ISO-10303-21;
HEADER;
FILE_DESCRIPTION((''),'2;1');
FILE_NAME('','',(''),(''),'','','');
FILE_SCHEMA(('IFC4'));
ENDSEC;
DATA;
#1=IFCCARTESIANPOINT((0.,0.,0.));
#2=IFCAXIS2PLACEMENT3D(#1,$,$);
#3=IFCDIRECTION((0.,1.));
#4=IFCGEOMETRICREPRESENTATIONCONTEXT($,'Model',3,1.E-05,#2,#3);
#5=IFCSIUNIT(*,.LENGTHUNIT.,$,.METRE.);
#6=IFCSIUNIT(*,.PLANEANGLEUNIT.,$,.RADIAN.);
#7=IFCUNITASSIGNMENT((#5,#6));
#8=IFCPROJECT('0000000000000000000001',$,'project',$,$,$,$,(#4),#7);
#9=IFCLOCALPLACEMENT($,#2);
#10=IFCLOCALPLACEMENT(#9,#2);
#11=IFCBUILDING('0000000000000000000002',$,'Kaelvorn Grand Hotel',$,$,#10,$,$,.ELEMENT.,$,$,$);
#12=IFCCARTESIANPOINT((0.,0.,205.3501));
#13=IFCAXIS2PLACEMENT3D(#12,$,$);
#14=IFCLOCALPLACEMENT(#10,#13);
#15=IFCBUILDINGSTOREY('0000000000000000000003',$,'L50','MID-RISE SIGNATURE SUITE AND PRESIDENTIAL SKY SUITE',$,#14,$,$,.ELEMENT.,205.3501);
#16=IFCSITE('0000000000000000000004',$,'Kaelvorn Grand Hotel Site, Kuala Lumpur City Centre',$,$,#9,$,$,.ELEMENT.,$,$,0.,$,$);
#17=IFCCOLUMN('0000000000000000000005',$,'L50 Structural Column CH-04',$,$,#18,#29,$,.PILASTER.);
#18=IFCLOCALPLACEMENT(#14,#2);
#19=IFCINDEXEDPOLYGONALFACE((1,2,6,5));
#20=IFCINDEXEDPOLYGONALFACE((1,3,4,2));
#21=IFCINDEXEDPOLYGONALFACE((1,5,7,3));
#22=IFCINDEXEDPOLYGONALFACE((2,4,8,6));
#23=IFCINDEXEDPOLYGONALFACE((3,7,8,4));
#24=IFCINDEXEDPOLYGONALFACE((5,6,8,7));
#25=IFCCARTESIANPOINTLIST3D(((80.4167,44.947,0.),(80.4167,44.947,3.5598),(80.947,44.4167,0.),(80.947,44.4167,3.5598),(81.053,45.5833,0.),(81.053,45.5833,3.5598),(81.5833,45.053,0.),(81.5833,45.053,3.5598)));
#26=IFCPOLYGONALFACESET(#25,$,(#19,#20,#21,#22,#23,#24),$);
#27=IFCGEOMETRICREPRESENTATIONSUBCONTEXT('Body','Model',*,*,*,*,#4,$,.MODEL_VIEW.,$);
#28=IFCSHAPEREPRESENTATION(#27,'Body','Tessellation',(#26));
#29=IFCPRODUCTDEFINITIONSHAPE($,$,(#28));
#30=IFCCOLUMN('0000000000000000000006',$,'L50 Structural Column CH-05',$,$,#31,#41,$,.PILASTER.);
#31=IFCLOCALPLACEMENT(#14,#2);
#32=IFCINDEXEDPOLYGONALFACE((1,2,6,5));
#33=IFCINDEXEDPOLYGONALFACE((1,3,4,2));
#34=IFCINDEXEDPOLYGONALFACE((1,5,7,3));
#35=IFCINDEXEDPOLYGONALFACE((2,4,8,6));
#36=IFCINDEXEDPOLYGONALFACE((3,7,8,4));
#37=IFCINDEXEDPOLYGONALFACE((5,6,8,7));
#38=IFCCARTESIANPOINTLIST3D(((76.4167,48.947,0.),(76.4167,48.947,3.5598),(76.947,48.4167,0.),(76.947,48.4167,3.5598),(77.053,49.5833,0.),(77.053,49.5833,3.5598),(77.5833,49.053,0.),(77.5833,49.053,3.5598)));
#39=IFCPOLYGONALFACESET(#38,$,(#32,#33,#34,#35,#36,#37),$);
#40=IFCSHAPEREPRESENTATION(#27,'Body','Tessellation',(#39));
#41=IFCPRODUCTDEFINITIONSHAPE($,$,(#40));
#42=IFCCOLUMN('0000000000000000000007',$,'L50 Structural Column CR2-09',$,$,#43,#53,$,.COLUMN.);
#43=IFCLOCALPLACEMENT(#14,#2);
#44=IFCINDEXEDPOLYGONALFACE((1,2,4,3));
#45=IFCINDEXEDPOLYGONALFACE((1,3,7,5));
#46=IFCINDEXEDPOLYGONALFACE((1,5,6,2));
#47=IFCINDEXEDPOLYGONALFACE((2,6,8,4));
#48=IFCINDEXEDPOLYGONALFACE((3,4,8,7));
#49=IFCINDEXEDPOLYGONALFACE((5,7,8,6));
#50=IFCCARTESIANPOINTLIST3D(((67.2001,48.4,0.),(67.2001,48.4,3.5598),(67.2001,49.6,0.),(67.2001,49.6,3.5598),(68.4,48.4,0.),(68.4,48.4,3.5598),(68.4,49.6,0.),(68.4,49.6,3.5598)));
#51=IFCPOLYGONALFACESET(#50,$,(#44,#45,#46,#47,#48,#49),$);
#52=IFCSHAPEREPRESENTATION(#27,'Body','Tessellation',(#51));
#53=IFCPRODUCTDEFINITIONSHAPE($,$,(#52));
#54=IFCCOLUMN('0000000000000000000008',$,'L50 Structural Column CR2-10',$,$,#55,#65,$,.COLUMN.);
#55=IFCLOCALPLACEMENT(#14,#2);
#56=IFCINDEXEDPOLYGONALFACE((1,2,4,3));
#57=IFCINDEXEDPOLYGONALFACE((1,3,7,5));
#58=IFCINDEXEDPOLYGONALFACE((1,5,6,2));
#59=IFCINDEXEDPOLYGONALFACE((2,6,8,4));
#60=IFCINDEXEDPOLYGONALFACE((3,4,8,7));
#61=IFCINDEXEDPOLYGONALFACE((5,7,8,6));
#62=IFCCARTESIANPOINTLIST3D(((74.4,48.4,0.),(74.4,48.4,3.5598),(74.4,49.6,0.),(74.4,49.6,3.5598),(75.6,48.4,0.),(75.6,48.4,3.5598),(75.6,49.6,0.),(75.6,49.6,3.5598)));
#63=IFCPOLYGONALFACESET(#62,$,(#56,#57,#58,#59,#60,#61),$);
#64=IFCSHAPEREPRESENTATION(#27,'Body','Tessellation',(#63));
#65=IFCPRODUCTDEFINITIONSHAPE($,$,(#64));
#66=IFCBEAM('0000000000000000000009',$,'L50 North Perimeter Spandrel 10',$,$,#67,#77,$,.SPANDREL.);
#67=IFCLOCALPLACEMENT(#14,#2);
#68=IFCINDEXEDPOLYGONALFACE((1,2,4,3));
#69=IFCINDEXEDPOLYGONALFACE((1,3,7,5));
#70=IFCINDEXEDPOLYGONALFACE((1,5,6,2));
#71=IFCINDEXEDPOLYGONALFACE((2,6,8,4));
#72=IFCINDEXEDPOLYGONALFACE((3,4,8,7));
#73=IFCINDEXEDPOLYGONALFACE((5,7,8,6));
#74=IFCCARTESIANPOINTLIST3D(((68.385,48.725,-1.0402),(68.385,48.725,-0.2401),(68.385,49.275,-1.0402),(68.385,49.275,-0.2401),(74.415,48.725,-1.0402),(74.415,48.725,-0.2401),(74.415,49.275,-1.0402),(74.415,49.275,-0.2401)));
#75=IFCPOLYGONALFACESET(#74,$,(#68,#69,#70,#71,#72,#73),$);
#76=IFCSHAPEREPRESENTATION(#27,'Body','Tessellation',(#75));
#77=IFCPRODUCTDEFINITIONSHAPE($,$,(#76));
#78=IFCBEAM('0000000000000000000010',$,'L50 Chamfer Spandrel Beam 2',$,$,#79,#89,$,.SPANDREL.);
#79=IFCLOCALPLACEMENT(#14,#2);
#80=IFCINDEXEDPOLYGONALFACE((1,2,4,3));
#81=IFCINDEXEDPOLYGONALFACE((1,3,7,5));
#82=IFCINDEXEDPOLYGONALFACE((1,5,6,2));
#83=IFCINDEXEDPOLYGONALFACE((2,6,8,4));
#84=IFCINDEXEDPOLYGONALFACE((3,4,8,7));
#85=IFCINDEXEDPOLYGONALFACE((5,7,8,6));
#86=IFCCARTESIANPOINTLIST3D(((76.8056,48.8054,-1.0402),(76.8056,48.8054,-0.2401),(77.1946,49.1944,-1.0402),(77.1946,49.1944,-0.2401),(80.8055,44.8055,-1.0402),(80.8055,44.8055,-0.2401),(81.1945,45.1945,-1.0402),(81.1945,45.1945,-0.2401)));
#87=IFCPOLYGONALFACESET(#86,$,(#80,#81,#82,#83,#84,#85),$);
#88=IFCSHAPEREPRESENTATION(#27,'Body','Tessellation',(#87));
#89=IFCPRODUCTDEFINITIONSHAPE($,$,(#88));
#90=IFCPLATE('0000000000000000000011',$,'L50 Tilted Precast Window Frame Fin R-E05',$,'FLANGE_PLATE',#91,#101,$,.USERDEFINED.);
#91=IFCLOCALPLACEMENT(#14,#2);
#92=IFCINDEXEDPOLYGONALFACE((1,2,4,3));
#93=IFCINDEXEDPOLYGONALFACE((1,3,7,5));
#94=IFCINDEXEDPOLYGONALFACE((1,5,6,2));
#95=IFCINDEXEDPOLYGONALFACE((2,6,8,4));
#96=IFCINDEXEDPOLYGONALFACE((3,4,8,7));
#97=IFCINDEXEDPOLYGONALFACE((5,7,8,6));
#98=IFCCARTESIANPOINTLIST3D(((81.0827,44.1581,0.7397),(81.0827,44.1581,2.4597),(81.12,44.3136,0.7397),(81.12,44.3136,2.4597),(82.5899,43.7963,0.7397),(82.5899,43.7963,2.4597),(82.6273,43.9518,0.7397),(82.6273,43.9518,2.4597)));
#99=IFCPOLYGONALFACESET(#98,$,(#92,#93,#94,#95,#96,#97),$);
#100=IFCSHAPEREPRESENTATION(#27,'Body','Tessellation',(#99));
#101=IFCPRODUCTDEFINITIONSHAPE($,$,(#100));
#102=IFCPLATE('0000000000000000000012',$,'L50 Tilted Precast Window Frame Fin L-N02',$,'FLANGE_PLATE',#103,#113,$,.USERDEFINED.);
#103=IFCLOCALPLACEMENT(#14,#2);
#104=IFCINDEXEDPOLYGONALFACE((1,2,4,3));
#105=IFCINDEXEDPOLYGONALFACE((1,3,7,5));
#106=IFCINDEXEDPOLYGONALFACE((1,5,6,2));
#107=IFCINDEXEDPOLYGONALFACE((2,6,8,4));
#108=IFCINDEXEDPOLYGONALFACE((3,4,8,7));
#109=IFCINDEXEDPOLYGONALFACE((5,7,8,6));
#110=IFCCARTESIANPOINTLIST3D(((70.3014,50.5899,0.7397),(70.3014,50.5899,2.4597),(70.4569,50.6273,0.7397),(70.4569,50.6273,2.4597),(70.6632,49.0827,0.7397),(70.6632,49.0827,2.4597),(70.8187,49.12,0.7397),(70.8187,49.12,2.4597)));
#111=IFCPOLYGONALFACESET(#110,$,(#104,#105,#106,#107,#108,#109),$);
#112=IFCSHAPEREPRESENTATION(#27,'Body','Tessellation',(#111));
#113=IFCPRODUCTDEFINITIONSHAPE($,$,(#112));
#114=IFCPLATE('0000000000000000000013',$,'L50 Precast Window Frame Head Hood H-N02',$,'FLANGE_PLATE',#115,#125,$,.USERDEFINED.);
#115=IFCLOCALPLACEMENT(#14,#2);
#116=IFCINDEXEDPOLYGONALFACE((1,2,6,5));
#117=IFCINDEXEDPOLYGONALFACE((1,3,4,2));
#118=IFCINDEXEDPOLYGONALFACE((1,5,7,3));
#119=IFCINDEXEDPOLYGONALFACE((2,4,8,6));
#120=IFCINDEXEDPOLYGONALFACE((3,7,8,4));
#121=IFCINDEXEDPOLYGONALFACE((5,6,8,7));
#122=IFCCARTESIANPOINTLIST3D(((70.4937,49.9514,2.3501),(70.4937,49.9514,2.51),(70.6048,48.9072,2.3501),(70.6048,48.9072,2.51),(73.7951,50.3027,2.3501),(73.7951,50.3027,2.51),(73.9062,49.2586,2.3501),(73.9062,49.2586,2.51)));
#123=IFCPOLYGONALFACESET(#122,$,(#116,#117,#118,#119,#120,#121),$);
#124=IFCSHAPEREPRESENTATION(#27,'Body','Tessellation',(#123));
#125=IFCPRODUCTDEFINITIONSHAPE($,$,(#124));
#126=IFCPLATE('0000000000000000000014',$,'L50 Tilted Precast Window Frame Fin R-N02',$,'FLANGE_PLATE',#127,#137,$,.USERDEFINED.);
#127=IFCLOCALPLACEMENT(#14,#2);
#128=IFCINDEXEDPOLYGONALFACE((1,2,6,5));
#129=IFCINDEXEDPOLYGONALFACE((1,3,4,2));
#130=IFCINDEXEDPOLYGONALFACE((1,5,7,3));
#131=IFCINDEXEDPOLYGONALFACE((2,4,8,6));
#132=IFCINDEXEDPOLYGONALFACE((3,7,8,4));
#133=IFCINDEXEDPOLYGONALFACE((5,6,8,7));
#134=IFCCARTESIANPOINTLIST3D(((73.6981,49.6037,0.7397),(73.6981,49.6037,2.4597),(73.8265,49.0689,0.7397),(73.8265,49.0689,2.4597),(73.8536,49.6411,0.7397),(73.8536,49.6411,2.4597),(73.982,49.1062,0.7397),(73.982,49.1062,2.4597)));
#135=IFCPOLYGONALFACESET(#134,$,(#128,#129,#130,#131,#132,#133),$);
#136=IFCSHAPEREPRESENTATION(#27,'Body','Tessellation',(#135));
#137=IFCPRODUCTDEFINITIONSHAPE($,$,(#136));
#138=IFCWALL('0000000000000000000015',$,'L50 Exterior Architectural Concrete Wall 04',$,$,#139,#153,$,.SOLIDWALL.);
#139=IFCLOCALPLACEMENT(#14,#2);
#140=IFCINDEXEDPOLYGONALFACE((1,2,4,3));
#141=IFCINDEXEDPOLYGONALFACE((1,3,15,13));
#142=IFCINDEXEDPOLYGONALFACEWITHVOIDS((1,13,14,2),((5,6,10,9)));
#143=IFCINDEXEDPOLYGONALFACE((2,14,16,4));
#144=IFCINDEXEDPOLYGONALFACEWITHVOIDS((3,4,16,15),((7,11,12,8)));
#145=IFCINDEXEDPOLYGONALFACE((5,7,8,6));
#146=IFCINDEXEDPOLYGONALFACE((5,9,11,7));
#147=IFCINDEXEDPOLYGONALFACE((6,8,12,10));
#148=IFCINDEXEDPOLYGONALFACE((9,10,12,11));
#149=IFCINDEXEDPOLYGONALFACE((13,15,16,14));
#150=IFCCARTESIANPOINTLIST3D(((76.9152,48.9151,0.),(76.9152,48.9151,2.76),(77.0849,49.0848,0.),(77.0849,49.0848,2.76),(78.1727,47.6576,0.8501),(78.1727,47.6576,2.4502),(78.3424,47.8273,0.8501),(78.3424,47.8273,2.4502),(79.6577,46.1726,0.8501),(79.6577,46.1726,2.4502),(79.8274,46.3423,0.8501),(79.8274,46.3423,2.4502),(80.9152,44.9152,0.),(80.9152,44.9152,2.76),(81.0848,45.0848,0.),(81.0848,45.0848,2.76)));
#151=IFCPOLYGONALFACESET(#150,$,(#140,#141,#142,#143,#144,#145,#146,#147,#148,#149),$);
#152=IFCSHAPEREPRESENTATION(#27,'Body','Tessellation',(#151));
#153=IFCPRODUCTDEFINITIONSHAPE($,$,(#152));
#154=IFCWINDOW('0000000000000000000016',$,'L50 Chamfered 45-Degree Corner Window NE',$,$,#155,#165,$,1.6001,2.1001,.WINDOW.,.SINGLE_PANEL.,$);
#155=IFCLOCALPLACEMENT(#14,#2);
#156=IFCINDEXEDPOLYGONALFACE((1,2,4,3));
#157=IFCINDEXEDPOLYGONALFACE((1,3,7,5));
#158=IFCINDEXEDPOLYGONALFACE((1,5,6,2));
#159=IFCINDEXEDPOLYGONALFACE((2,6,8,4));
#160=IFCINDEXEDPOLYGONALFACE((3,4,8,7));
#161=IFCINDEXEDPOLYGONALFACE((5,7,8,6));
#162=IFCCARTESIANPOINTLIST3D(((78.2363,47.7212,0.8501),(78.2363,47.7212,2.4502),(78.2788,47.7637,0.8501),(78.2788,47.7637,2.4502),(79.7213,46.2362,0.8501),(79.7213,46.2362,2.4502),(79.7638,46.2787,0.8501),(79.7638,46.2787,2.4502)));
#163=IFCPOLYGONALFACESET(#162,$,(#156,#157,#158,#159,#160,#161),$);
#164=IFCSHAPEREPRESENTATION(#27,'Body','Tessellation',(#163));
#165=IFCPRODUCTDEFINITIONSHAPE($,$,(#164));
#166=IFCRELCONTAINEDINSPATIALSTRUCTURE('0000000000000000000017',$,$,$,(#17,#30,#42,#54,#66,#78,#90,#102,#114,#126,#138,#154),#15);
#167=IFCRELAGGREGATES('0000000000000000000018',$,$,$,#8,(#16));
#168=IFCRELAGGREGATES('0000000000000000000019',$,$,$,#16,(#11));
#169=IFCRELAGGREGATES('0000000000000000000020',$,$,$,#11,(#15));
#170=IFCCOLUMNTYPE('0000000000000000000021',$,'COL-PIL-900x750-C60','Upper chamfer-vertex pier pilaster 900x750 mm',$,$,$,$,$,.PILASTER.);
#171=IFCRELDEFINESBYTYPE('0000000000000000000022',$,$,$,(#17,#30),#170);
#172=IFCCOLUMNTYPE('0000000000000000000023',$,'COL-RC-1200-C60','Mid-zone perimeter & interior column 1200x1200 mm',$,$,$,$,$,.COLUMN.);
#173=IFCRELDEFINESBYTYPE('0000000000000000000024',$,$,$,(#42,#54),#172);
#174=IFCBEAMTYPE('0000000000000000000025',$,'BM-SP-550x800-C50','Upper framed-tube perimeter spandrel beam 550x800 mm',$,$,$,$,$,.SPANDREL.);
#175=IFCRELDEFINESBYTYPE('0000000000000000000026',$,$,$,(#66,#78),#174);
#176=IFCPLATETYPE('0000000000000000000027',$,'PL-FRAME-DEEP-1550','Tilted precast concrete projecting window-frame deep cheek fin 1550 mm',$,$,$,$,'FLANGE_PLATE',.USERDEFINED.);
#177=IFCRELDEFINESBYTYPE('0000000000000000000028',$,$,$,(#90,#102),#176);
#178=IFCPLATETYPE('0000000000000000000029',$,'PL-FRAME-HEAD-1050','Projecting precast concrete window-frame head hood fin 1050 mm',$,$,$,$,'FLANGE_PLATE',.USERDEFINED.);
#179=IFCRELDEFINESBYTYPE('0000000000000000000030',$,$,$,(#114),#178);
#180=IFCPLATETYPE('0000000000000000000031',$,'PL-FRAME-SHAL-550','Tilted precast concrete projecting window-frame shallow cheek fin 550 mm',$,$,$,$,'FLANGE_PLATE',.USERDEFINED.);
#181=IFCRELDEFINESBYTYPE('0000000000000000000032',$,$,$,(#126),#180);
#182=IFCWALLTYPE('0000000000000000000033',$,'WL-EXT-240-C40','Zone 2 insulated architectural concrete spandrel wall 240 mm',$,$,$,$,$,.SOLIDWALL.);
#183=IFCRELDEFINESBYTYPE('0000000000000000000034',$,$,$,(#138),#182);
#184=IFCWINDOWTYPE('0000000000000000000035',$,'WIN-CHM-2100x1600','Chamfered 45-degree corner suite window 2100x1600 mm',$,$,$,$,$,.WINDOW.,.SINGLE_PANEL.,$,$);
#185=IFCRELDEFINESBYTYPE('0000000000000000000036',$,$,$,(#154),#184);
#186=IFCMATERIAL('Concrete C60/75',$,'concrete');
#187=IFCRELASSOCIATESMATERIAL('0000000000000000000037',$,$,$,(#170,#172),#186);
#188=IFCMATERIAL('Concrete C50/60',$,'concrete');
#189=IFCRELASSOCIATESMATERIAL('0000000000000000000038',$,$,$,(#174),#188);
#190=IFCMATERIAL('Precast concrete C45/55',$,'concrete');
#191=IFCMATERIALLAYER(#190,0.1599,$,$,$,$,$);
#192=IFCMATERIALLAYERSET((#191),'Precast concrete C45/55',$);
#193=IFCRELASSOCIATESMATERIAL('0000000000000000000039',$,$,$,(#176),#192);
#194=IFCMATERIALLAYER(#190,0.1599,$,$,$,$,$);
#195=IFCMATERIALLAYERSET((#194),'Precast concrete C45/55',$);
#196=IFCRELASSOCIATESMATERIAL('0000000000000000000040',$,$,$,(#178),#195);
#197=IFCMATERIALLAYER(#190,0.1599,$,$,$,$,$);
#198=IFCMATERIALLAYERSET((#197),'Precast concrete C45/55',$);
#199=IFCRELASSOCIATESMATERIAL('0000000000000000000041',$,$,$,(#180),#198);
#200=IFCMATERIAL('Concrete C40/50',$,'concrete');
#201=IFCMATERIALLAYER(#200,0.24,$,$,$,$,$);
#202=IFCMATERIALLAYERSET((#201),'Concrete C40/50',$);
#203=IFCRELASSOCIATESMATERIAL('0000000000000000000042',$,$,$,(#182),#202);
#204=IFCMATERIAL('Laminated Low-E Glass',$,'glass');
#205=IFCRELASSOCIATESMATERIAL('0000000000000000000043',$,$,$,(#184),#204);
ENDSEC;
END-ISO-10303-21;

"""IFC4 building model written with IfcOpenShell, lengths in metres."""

from ifc_helpers import new_model, si_unit, direction, frame, frame_2d, origin, origin_2d, place, context, subcontext, project, spatial, rectangle, extrude, material, layer, layer_set, material_profile, profile_set, type_object, element, fill, save


model = new_model("IFC4")

# Units and contexts
model_context = context("Model", 3, precision=1e-05, world=origin(), true_north=direction((0.0, 1.0)))
body_context = subcontext(model_context, "Body", "Model", "MODEL_VIEW")
ifc_project = project(units=[si_unit("LENGTHUNIT", "METRE"), si_unit("PLANEANGLEUNIT", "RADIAN")], contexts=[model_context])

# Site, building, storey
site_placement = place(None, origin())
site = spatial("IfcSite", under=ifc_project, at=site_placement, Name="Kaelvorn Grand Hotel Site, Kuala Lumpur City Centre", CompositionType="ELEMENT", RefElevation=0.0)
building_placement = place(site_placement, origin())
building = spatial("IfcBuilding", under=site, at=building_placement, Name="Kaelvorn Grand Hotel", CompositionType="ELEMENT")
storey_placement = place(building_placement, frame((0.0, 0.0, 205.3501)))
storey = spatial("IfcBuildingStorey", under=building, at=storey_placement, Name="L50", Description="MID-RISE SIGNATURE SUITE AND PRESIDENTIAL SKY SUITE", CompositionType="ELEMENT", Elevation=205.3501)

# Columns
ifc_material_1 = material(Name="Concrete C60/75", Category="concrete")
ifc_material_profile_1 = material_profile(ifc_material_1, rectangle(XDim=0.8999, YDim=0.75, at=origin_2d()), Name="RC PILASTER 900x750")
ifc_profile_set_1 = profile_set([ifc_material_profile_1], Name="Concrete C60/75")
column_type_1 = type_object("IfcColumnType", Name="COL-PIL-900x750-C60", Description="Upper chamfer-vertex pier pilaster 900x750 mm", PredefinedType="PILASTER", material=ifc_profile_set_1)
for number, where, z_axis, x_axis, name in (
    (1, (81.0, 45.0, 0.0), (0.0, 0.0, 1.0), (0.707107, 0.707107, 0.0), "L50 Structural Column CH-04"),
    (2, (77.0, 49.0, 0.0), (0.0, 0.0, 1.0), (0.707107, 0.707107, 0.0), "L50 Structural Column CH-05"),
):
    element("IfcColumn", number, at=place(storey_placement, frame(where, z_axis=z_axis, x_axis=x_axis)), inside=storey, type_object=column_type_1, Name=name, PredefinedType="PILASTER", context=body_context, shape_type="SweptSolid", body=[
        extrude(rectangle(XDim=0.8999, YDim=0.75, at=origin_2d()), origin(), (0.0, 0.0, 1.0), 3.5598),
    ])
ifc_material_profile_2 = material_profile(ifc_material_1, rectangle(XDim=1.2, YDim=1.2, at=origin_2d()), Name="RC COL 1200x1200")
ifc_profile_set_2 = profile_set([ifc_material_profile_2], Name="Concrete C60/75")
column_type_2 = type_object("IfcColumnType", Name="COL-RC-1200-C60", Description="Mid-zone perimeter & interior column 1200x1200 mm", PredefinedType="COLUMN", material=ifc_profile_set_2)
for number, where, z_axis, x_axis, name in (
    (3, (67.8, 49.0, 0.0), (0.0, 0.0, 1.0), (1.0, 0.0, 0.0), "L50 Structural Column CR2-09"),
    (4, (75.0, 49.0, 0.0), (0.0, 0.0, 1.0), (1.0, 0.0, 0.0), "L50 Structural Column CR2-10"),
):
    element("IfcColumn", number, at=place(storey_placement, frame(where, z_axis=z_axis, x_axis=x_axis)), inside=storey, type_object=column_type_2, Name=name, PredefinedType="COLUMN", context=body_context, shape_type="SweptSolid", body=[
        extrude(rectangle(XDim=1.2, YDim=1.2, at=origin_2d()), origin(), (0.0, 0.0, 1.0), 3.5598),
    ])

# Beams
ifc_material_2 = material(Name="Concrete C50/60", Category="concrete")
ifc_material_profile_3 = material_profile(ifc_material_2, rectangle(XDim=0.55, YDim=0.8, at=origin_2d()), Name="RC SPANDREL 550x800")
ifc_profile_set_3 = profile_set([ifc_material_profile_3], Name="Concrete C50/60")
beam_type = type_object("IfcBeamType", Name="BM-SP-550x800-C50", Description="Upper framed-tube perimeter spandrel beam 550x800 mm", PredefinedType="SPANDREL", material=ifc_profile_set_3)
beam_1_placement = place(storey_placement, frame((68.385, 49.0, -0.6401), z_axis=(1.0, 0.0, 0.0), x_axis=(0.0, 1.0, 0.0)))
element("IfcBeam", 5, at=beam_1_placement, inside=storey, type_object=beam_type, Name="L50 North Perimeter Spandrel 10", PredefinedType="SPANDREL", context=body_context, shape_type="SweptSolid", body=[
    extrude(rectangle(XDim=0.55, YDim=0.8, at=origin_2d()), origin(), (0.0, 0.0, 1.0), 6.03),
])
beam_2_placement = place(storey_placement, frame((81.0, 45.0, -0.6401), z_axis=(-0.707107, 0.707107, 0.0), x_axis=(-0.707107, -0.707107, 0.0)))
element("IfcBeam", 6, at=beam_2_placement, inside=storey, type_object=beam_type, Name="L50 Chamfer Spandrel Beam 2", PredefinedType="SPANDREL", context=body_context, shape_type="SweptSolid", body=[
    extrude(rectangle(XDim=0.55, YDim=0.8, at=origin_2d()), origin(), (0.0, 0.0, 1.0), 5.6567),
])

# Plates
ifc_material_3 = material(Name="Precast concrete C45/55", Category="concrete")
ifc_layer_1 = layer(ifc_material_3, 0.1599)
ifc_layer_set_1 = layer_set([ifc_layer_1], Name="Precast concrete C45/55")
plate_type_1 = type_object("IfcPlateType", Name="PL-FRAME-DEEP-1550", Description="Tilted precast concrete projecting window-frame deep cheek fin 1550 mm", ElementType="FLANGE_PLATE", PredefinedType="USERDEFINED", material=ifc_layer_set_1)
for number, where, z_axis, x_axis, name in (
    (7, (81.855, 44.0549, 0.7397), (0.0, 0.0, 1.0), (0.233445, 0.97237, 0.0), "L50 Tilted Precast Window Frame Fin R-E05"),
    (8, (70.5601, 49.855, 0.7397), (0.0, 0.0, 1.0), (0.97237, 0.233445, 0.0), "L50 Tilted Precast Window Frame Fin L-N02"),
):
    element("IfcPlate", number, at=place(storey_placement, frame(where, z_axis=z_axis, x_axis=x_axis)), inside=storey, type_object=plate_type_1, Name=name, ObjectType="FLANGE_PLATE", PredefinedType="USERDEFINED", context=body_context, shape_type="SweptSolid", body=[
        extrude(rectangle(XDim=0.1599, YDim=1.55, at=origin_2d()), origin(), (0.0, 0.0, 1.0), 1.72),
    ])
ifc_layer_2 = layer(ifc_material_3, 0.1599)
ifc_layer_set_2 = layer_set([ifc_layer_2], Name="Precast concrete C45/55")
plate_type_2 = type_object("IfcPlateType", Name="PL-FRAME-HEAD-1050", Description="Projecting precast concrete window-frame head hood fin 1050 mm", ElementType="FLANGE_PLATE", PredefinedType="USERDEFINED", material=ifc_layer_set_2)
plate_1_placement = place(storey_placement, frame((72.2, 49.605, 2.3501), z_axis=(0.0, 0.0, 1.0), x_axis=(0.994384, 0.10583, 0.0)))
element("IfcPlate", 9, at=plate_1_placement, inside=storey, type_object=plate_type_2, Name="L50 Precast Window Frame Head Hood H-N02", ObjectType="FLANGE_PLATE", PredefinedType="USERDEFINED", context=body_context, shape_type="SweptSolid", body=[
    extrude(rectangle(XDim=3.3201, YDim=1.05, at=origin_2d()), origin(), (0.0, 0.0, 1.0), 0.1599),
])
ifc_layer_3 = layer(ifc_material_3, 0.1599)
ifc_layer_set_3 = layer_set([ifc_layer_3], Name="Precast concrete C45/55")
plate_type_3 = type_object("IfcPlateType", Name="PL-FRAME-SHAL-550", Description="Tilted precast concrete projecting window-frame shallow cheek fin 550 mm", ElementType="FLANGE_PLATE", PredefinedType="USERDEFINED", material=ifc_layer_set_3)
plate_2_placement = place(storey_placement, frame((73.8401, 49.355, 0.7397), z_axis=(0.0, 0.0, 1.0), x_axis=(0.97237, 0.233445, 0.0)))
element("IfcPlate", 10, at=plate_2_placement, inside=storey, type_object=plate_type_3, Name="L50 Tilted Precast Window Frame Fin R-N02", ObjectType="FLANGE_PLATE", PredefinedType="USERDEFINED", context=body_context, shape_type="SweptSolid", body=[
    extrude(rectangle(XDim=0.1599, YDim=0.55, at=origin_2d()), origin(), (0.0, 0.0, 1.0), 1.72),
])

# Wall, opening, window
ifc_material_4 = material(Name="Concrete C40/50", Category="concrete")
ifc_layer_4 = layer(ifc_material_4, 0.24)
ifc_layer_set_4 = layer_set([ifc_layer_4], Name="Concrete C40/50")
wall_type = type_object("IfcWallType", Name="WL-EXT-240-C40", Description="Zone 2 insulated architectural concrete spandrel wall 240 mm", PredefinedType="SOLIDWALL", material=ifc_layer_set_4)
wall_1_placement = place(storey_placement, frame((81.0, 45.0, 0.0), z_axis=(0.0, 0.0, 1.0), x_axis=(-0.707107, 0.707107, 0.0)))
wall_1 = element("IfcWall", 11, at=wall_1_placement, inside=storey, type_object=wall_type, Name="L50 Exterior Architectural Concrete Wall 04", PredefinedType="SOLIDWALL", context=body_context, shape_type="SweptSolid", body=[
    extrude(rectangle(XDim=5.6567, YDim=0.24, at=frame_2d((2.8284, 0.0))), origin(), (0.0, 0.0, 1.0), 2.76),
])
opening_1_placement = place(wall_1_placement, frame((1.7783, 0.0, 0.8501)))
opening_1 = element("IfcOpeningElement", 12, at=opening_1_placement, cuts=wall_1, PredefinedType="OPENING", context=body_context, shape_type="SweptSolid", body=[
    extrude(rectangle(XDim=2.1001, YDim=1.6001, at=frame_2d((1.05, 0.8))), frame((0.0, 0.1299, 0.0), z_axis=(0.0, -1.0, 0.0), x_axis=(1.0, 0.0, 0.0)), (0.0, 0.0, 1.0), 0.26),
])
ifc_material_5 = material(Name="Laminated Low-E Glass", Category="glass")
window_type_1 = type_object("IfcWindowType", Name="WIN-CHM-2100x1600", Description="Chamfered 45-degree corner suite window 2100x1600 mm", PartitioningType="SINGLE_PANEL", PredefinedType="WINDOW", material=ifc_material_5)
window_1_placement = place(opening_1_placement, origin())
window_1 = element("IfcWindow", 13, at=window_1_placement, inside=storey, type_object=window_type_1, Name="L50 Chamfered 45-Degree Corner Window NE", OverallHeight=1.6001, OverallWidth=2.1001, PartitioningType="SINGLE_PANEL", PredefinedType="WINDOW", context=body_context, shape_type="SweptSolid", body=[
    extrude(rectangle(XDim=2.1001, YDim=1.6001, at=frame_2d((1.05, 0.8))), frame((0.0, 0.03, 0.0), z_axis=(0.0, -1.0, 0.0), x_axis=(1.0, 0.0, 0.0)), (0.0, 0.0, 1.0), 0.0601),
])
fill(opening_1, window_1)

save(model, "model.ifc")
